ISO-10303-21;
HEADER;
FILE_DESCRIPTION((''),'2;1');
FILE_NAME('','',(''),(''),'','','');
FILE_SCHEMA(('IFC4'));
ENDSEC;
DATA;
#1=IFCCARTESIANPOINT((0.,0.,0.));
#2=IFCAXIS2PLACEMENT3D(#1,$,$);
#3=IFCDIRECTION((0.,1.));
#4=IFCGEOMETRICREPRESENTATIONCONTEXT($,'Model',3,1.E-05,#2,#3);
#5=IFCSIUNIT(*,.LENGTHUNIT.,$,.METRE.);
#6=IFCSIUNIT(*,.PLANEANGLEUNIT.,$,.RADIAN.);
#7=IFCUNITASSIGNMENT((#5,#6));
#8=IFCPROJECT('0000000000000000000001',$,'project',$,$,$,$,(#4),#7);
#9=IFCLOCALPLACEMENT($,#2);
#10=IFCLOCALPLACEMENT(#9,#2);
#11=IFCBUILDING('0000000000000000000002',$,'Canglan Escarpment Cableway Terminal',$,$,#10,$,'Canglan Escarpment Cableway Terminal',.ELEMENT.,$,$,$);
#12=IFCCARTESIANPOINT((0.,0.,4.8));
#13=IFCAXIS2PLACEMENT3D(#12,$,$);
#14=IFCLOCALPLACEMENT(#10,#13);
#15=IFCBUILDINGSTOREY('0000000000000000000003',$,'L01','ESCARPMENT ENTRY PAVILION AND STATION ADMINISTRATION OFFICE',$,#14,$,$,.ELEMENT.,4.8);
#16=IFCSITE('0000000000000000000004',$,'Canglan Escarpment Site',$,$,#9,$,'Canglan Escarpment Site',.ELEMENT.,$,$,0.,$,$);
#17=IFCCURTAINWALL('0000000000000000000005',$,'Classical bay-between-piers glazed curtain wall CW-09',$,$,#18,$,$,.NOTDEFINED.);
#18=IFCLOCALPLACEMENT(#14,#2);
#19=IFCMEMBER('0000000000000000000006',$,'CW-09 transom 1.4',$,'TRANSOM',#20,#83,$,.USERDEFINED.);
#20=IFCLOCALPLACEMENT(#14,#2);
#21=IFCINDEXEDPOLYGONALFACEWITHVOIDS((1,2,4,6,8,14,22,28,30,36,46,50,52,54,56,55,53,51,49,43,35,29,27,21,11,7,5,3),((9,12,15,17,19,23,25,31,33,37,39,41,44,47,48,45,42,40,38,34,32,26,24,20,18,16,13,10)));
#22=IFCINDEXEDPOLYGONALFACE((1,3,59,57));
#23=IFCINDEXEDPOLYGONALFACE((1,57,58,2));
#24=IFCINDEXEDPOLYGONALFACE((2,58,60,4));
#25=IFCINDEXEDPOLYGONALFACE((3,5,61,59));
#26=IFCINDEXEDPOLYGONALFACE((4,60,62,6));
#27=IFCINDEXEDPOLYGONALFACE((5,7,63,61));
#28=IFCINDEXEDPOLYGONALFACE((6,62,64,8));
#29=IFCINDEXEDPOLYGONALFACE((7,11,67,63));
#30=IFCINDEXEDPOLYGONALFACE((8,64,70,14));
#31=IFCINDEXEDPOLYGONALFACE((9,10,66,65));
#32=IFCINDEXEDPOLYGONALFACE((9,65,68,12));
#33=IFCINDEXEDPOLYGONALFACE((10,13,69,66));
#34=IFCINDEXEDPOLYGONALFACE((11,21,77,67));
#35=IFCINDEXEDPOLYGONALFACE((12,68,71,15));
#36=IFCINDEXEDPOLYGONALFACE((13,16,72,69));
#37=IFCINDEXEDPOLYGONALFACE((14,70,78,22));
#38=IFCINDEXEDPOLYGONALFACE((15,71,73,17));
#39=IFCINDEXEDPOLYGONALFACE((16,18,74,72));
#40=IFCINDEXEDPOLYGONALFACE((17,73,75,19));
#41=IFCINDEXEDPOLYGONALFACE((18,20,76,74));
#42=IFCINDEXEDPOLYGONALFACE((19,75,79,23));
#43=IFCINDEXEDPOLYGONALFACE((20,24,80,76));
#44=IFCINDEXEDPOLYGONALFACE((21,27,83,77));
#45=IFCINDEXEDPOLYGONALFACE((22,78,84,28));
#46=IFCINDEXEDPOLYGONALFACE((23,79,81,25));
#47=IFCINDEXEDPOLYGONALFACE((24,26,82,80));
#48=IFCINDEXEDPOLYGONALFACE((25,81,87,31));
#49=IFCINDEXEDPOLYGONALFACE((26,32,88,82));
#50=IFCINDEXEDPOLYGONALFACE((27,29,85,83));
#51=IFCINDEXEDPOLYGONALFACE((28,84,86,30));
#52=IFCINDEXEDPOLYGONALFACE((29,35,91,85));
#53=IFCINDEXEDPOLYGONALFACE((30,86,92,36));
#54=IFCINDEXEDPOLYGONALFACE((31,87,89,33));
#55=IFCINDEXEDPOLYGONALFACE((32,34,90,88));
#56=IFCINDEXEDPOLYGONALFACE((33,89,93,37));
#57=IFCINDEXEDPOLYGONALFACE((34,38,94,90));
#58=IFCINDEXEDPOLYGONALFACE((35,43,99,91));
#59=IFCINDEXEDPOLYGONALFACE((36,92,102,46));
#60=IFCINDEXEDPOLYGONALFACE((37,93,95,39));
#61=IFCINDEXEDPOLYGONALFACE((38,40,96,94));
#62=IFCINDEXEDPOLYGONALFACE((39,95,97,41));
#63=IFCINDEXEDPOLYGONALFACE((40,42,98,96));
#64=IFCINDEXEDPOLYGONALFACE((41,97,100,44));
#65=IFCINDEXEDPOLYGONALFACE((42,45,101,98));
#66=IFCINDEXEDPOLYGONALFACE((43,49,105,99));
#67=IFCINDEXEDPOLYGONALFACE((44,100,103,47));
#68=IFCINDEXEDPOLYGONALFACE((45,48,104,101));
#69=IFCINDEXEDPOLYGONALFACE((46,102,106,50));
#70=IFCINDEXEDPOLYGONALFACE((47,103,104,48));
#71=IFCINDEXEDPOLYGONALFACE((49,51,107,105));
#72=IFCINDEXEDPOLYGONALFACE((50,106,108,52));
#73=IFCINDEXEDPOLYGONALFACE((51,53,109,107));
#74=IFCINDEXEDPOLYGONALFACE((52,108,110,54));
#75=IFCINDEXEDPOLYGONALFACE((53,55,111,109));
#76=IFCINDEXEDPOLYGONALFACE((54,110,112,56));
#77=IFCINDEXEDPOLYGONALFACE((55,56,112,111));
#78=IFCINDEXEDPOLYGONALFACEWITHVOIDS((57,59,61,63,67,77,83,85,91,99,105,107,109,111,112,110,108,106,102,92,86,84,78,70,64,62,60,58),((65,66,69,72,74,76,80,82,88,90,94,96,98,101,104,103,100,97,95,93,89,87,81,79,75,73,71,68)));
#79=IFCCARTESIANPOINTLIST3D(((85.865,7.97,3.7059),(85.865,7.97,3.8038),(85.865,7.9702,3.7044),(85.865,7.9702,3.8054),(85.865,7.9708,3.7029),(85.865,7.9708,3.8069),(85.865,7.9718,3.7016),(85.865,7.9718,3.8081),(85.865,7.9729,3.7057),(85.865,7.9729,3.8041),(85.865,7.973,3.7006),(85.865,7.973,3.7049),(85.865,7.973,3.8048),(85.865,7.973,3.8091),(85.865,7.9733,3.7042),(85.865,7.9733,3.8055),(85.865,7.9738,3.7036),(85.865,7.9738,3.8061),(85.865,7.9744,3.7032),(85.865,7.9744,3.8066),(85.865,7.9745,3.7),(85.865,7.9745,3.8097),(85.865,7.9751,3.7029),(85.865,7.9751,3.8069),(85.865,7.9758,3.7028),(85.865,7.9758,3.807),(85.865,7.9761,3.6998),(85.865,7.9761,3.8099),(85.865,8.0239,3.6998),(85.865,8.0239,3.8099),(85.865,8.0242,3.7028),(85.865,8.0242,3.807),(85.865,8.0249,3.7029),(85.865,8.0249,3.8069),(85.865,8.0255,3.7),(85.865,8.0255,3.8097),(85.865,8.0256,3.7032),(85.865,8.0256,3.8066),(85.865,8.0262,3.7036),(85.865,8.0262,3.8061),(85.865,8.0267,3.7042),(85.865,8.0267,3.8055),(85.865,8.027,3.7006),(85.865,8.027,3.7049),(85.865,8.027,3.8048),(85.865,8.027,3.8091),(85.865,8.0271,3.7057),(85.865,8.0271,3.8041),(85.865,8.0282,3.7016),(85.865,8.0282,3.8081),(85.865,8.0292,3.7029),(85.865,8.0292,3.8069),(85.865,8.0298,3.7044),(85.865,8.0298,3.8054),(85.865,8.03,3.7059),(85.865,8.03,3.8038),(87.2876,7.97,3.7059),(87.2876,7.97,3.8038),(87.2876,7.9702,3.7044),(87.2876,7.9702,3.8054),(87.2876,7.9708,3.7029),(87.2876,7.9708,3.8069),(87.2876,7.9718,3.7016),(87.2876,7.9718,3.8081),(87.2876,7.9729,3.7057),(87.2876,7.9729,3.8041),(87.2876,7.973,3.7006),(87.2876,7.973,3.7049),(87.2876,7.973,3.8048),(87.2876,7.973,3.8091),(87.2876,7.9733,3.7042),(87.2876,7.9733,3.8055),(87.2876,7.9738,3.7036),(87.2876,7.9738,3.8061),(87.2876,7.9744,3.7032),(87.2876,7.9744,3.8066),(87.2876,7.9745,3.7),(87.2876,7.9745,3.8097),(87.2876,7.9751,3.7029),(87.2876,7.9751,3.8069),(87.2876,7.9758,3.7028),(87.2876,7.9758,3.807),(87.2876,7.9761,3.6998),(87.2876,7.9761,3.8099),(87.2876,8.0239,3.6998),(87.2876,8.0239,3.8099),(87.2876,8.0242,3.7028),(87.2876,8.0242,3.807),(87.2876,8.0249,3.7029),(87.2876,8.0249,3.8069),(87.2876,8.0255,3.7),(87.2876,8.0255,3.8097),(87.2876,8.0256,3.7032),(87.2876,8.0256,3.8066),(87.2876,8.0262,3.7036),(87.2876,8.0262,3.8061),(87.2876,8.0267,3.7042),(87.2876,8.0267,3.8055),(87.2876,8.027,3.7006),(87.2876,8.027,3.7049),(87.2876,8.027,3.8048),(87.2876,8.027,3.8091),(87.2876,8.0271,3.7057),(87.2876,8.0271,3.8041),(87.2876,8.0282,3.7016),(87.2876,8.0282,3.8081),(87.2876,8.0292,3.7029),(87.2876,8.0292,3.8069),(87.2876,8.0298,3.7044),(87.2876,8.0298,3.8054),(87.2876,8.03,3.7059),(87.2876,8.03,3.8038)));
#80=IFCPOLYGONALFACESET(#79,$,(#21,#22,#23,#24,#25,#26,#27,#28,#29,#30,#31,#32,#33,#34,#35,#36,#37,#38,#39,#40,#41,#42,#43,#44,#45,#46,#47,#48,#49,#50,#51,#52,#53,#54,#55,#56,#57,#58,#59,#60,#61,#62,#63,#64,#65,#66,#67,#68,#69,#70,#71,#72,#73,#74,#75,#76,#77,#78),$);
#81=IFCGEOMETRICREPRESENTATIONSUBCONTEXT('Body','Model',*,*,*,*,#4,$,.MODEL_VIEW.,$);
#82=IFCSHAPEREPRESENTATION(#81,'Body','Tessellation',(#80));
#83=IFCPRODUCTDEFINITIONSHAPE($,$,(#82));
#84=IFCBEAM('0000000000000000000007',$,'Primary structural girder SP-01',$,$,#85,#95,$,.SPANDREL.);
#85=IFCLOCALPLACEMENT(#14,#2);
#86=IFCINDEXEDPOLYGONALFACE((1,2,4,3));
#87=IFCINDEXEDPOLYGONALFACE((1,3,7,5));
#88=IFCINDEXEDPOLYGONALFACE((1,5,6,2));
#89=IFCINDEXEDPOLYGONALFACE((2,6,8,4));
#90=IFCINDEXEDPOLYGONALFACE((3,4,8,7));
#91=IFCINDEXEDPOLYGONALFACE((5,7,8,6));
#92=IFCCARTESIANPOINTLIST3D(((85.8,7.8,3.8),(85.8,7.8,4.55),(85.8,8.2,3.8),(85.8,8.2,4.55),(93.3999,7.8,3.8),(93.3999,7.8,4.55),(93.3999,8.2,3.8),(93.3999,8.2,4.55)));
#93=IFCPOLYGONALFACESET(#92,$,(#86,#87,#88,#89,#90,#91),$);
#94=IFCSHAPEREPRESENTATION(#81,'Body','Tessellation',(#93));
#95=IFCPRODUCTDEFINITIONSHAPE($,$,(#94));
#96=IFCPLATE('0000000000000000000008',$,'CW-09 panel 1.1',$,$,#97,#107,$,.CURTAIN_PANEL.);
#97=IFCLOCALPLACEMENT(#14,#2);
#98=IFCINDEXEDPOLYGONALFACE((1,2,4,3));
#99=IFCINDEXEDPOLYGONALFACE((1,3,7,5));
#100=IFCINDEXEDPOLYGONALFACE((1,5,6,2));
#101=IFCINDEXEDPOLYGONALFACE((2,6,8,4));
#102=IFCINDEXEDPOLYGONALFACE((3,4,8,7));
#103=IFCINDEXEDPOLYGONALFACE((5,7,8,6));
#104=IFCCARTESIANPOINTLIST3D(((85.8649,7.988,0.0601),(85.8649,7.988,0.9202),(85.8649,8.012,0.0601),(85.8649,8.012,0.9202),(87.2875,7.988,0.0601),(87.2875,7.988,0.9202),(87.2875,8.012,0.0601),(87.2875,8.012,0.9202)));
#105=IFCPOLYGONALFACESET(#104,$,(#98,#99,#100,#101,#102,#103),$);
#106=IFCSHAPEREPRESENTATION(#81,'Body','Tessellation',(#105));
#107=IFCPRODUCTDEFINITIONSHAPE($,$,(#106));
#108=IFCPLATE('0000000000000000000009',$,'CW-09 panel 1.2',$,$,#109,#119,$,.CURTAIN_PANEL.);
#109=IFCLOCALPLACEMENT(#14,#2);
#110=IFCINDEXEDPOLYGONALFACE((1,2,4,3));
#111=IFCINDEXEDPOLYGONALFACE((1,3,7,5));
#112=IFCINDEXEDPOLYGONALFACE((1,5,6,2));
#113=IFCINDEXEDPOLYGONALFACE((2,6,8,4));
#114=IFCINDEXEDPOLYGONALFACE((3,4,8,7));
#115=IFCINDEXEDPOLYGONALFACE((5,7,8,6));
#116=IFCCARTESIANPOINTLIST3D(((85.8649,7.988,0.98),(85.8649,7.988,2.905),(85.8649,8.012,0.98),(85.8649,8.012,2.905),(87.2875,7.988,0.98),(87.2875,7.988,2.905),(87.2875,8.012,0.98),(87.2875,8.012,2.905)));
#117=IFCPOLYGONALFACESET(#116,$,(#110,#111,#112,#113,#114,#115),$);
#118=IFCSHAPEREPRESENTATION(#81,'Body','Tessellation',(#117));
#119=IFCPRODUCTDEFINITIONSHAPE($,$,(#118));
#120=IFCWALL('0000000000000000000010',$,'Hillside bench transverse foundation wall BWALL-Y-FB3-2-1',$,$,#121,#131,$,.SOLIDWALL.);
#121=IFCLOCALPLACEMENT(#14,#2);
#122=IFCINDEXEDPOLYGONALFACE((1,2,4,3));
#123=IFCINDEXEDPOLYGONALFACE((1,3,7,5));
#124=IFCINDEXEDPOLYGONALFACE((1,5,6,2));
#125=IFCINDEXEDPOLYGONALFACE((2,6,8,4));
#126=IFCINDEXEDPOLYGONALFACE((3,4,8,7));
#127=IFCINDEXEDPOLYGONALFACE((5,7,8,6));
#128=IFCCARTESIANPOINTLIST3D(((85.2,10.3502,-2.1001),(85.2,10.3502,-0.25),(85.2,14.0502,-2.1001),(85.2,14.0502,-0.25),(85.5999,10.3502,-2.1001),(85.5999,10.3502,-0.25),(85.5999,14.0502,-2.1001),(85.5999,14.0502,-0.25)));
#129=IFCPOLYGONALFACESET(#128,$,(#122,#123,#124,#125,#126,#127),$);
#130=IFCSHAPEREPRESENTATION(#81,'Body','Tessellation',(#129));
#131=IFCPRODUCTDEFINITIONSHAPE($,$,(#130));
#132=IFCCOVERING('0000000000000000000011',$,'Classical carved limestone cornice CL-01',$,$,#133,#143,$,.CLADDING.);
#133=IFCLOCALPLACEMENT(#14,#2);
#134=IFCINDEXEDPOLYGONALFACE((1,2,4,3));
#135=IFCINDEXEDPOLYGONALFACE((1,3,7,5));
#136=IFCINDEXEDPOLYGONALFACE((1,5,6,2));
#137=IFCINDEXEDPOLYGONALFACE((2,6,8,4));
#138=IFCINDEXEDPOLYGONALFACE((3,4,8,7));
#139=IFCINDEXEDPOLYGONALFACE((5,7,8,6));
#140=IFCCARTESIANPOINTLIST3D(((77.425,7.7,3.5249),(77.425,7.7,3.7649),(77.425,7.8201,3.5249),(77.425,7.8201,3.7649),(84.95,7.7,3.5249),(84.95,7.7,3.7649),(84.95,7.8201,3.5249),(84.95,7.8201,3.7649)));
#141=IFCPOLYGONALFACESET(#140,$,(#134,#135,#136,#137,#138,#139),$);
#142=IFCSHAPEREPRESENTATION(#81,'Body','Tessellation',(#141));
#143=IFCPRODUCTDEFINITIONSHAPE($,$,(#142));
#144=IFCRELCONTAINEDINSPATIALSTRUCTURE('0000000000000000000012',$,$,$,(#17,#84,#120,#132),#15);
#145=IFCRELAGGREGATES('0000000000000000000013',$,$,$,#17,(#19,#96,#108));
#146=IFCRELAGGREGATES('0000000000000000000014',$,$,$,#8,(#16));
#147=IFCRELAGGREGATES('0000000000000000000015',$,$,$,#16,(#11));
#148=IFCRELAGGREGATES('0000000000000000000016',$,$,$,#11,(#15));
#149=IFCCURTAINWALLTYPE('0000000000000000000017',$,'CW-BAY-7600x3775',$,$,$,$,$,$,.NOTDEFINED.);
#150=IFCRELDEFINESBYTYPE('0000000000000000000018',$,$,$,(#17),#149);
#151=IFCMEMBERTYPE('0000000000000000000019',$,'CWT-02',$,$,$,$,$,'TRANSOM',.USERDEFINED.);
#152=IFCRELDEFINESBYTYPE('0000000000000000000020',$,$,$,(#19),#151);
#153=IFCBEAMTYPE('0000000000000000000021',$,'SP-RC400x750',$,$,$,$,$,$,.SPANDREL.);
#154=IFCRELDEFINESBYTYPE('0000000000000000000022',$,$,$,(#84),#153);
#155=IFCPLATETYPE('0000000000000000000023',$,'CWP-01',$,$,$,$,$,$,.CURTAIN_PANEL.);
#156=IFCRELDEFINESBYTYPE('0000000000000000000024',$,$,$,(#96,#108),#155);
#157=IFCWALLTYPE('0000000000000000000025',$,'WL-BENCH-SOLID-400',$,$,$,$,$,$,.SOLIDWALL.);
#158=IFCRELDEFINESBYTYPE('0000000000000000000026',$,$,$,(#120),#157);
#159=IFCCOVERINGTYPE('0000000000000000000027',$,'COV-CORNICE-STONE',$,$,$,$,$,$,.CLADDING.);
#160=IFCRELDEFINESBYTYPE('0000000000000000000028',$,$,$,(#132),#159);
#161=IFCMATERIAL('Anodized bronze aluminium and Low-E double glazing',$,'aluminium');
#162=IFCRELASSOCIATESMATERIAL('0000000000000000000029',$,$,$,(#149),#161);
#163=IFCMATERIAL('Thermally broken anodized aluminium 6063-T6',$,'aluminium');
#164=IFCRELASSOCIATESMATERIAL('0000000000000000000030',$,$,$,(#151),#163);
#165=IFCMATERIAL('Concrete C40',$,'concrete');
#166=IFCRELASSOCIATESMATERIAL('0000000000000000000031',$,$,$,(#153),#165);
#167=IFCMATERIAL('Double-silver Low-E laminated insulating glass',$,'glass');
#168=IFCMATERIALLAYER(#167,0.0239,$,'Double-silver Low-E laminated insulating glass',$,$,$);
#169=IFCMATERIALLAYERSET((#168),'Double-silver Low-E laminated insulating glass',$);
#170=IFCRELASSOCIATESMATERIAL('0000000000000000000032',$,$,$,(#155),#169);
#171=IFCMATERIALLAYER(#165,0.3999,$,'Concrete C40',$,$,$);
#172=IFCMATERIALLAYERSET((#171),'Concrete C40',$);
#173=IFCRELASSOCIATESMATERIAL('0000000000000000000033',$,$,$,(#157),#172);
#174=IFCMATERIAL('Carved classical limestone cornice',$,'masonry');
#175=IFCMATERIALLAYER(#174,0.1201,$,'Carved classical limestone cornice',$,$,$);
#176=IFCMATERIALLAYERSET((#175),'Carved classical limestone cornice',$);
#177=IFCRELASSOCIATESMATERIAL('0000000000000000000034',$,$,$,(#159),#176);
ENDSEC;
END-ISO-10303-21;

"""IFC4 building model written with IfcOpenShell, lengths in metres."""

from ifc_helpers import new_model, si_unit, direction, frame, frame_2d, origin, origin_2d, place, context, subcontext, project, spatial, rectangle, hollow_rectangle, extrude, material, layer, layer_set, material_profile, profile_set, type_object, element, aggregate, save


model = new_model("IFC4")

# Units and contexts
model_context = context("Model", 3, precision=1e-05, world=origin(), true_north=direction((0.0, 1.0)))
body_context = subcontext(model_context, "Body", "Model", "MODEL_VIEW")
ifc_project = project(units=[si_unit("LENGTHUNIT", "METRE"), si_unit("PLANEANGLEUNIT", "RADIAN")], contexts=[model_context])

# Site, building, storey
site_placement = place(None, origin())
site = spatial("IfcSite", under=ifc_project, at=site_placement, Name="Canglan Escarpment Site", LongName="Canglan Escarpment Site", CompositionType="ELEMENT", RefElevation=0.0)
building_placement = place(site_placement, origin())
building = spatial("IfcBuilding", under=site, at=building_placement, Name="Canglan Escarpment Cableway Terminal", LongName="Canglan Escarpment Cableway Terminal", CompositionType="ELEMENT")
storey_placement = place(building_placement, frame((0.0, 0.0, 4.8)))
storey = spatial("IfcBuildingStorey", under=building, at=storey_placement, Name="L01", Description="ESCARPMENT ENTRY PAVILION AND STATION ADMINISTRATION OFFICE", CompositionType="ELEMENT", Elevation=4.8)

# Shared definitions
ifc_material_1 = material(Name="Concrete C40", Category="concrete")

# Curtain wall, member
ifc_material_2 = material(Name="Anodized bronze aluminium and Low-E double glazing", Category="aluminium")
curtain_wall_type = type_object("IfcCurtainWallType", Name="CW-BAY-7600x3775", PredefinedType="NOTDEFINED", material=ifc_material_2)
curtain_wall_placement = place(storey_placement, origin())
curtain_wall = element("IfcCurtainWall", 1, at=curtain_wall_placement, inside=storey, type_object=curtain_wall_type, Name="Classical bay-between-piers glazed curtain wall CW-09", PredefinedType="NOTDEFINED")
ifc_material_3 = material(Name="Thermally broken anodized aluminium 6063-T6", Category="aluminium")
ifc_material_profile_1 = material_profile(ifc_material_3, hollow_rectangle(XDim=0.0601, YDim=0.1101, WallThickness=0.0029, InnerFilletRadius=0.0029, OuterFilletRadius=0.0061, at=origin_2d()), Name="ALU-TRAN 60x110x3")
ifc_profile_set_1 = profile_set([ifc_material_profile_1], Name="Thermally broken anodized aluminium 6063-T6")
member_type_1 = type_object("IfcMemberType", Name="CWT-02", ElementType="TRANSOM", PredefinedType="USERDEFINED", material=ifc_profile_set_1)
member_1_placement = place(storey_placement, frame((85.865, 8.0, 3.7549), z_axis=(1.0, 0.0, 0.0), x_axis=(0.0, 1.0, 0.0)))
member_1 = element("IfcMember", 2, at=member_1_placement, type_object=member_type_1, Name="CW-09 transom 1.4", ObjectType="TRANSOM", PredefinedType="USERDEFINED", context=body_context, shape_type="SweptSolid", body=[
    extrude(hollow_rectangle(XDim=0.0601, YDim=0.1101, WallThickness=0.0029, InnerFilletRadius=0.0029, OuterFilletRadius=0.0061, at=origin_2d()), origin(), (0.0, 0.0, 1.0), 1.4226),
])

# Beam
ifc_material_profile_2 = material_profile(ifc_material_1, rectangle(XDim=0.3999, YDim=0.75, at=origin_2d()), Name="RC 400x750")
ifc_profile_set_2 = profile_set([ifc_material_profile_2], Name="Concrete C40")
beam_type_1 = type_object("IfcBeamType", Name="SP-RC400x750", PredefinedType="SPANDREL", material=ifc_profile_set_2)
beam_1_placement = place(storey_placement, frame((85.8, 8.0, 4.175), z_axis=(1.0, 0.0, 0.0), x_axis=(0.0, 1.0, 0.0)))
element("IfcBeam", 3, at=beam_1_placement, inside=storey, type_object=beam_type_1, Name="Primary structural girder SP-01", PredefinedType="SPANDREL", context=body_context, shape_type="SweptSolid", body=[
    extrude(rectangle(XDim=0.3999, YDim=0.75, at=origin_2d()), origin(), (0.0, 0.0, 1.0), 7.5999),
])

# Plates
ifc_material_4 = material(Name="Double-silver Low-E laminated insulating glass", Category="glass")
ifc_layer_1 = layer(ifc_material_4, 0.0239, Name="Double-silver Low-E laminated insulating glass")
ifc_layer_set_1 = layer_set([ifc_layer_1], Name="Double-silver Low-E laminated insulating glass")
plate_type = type_object("IfcPlateType", Name="CWP-01", PredefinedType="CURTAIN_PANEL", material=ifc_layer_set_1)
plate_1_placement = place(storey_placement, frame((86.5762, 8.0, 0.0601), z_axis=(0.0, 0.0, 1.0), x_axis=(1.0, 0.0, 0.0)))
plate_1 = element("IfcPlate", 4, at=plate_1_placement, type_object=plate_type, Name="CW-09 panel 1.1", PredefinedType="CURTAIN_PANEL", context=body_context, shape_type="SweptSolid", body=[
    extrude(rectangle(XDim=1.4226, YDim=0.0239, at=origin_2d()), origin(), (0.0, 0.0, 1.0), 0.8601),
])
plate_2_placement = place(storey_placement, frame((86.5762, 8.0, 0.98), z_axis=(0.0, 0.0, 1.0), x_axis=(1.0, 0.0, 0.0)))
plate_2 = element("IfcPlate", 5, at=plate_2_placement, type_object=plate_type, Name="CW-09 panel 1.2", PredefinedType="CURTAIN_PANEL", context=body_context, shape_type="SweptSolid", body=[
    extrude(rectangle(XDim=1.4226, YDim=0.0239, at=origin_2d()), origin(), (0.0, 0.0, 1.0), 1.925),
])
aggregate(curtain_wall, [member_1, plate_1, plate_2])

# Wall
ifc_layer_2 = layer(ifc_material_1, 0.3999, Name="Concrete C40")
ifc_layer_set_2 = layer_set([ifc_layer_2], Name="Concrete C40")
wall_type = type_object("IfcWallType", Name="WL-BENCH-SOLID-400", PredefinedType="SOLIDWALL", material=ifc_layer_set_2)
wall_placement = place(storey_placement, frame((85.3999, 10.3501, -2.1001), z_axis=(0.0, 0.0, 1.0), x_axis=(0.0, 1.0, 0.0)))
element("IfcWall", 6, at=wall_placement, inside=storey, type_object=wall_type, Name="Hillside bench transverse foundation wall BWALL-Y-FB3-2-1", PredefinedType="SOLIDWALL", context=body_context, shape_type="SweptSolid", body=[
    extrude(rectangle(XDim=3.7, YDim=0.3999, at=frame_2d((1.8501, 0.0))), origin(), (0.0, 0.0, 1.0), 1.8501),
])

# Covering
ifc_material_5 = material(Name="Carved classical limestone cornice", Category="masonry")
ifc_layer_3 = layer(ifc_material_5, 0.1201, Name="Carved classical limestone cornice")
ifc_layer_set_3 = layer_set([ifc_layer_3], Name="Carved classical limestone cornice")
covering_type = type_object("IfcCoveringType", Name="COV-CORNICE-STONE", PredefinedType="CLADDING", material=ifc_layer_set_3)
covering_placement = place(storey_placement, frame((81.1875, 7.76, 3.5249), z_axis=(0.0, 0.0, 1.0), x_axis=(1.0, 0.0, 0.0)))
element("IfcCovering", 7, at=covering_placement, inside=storey, type_object=covering_type, Name="Classical carved limestone cornice CL-01", PredefinedType="CLADDING", context=body_context, shape_type="SweptSolid", body=[
    extrude(rectangle(XDim=7.5249, YDim=0.1201, at=origin_2d()), origin(), (0.0, 0.0, 1.0), 0.24),
])

save(model, "model.ifc")
